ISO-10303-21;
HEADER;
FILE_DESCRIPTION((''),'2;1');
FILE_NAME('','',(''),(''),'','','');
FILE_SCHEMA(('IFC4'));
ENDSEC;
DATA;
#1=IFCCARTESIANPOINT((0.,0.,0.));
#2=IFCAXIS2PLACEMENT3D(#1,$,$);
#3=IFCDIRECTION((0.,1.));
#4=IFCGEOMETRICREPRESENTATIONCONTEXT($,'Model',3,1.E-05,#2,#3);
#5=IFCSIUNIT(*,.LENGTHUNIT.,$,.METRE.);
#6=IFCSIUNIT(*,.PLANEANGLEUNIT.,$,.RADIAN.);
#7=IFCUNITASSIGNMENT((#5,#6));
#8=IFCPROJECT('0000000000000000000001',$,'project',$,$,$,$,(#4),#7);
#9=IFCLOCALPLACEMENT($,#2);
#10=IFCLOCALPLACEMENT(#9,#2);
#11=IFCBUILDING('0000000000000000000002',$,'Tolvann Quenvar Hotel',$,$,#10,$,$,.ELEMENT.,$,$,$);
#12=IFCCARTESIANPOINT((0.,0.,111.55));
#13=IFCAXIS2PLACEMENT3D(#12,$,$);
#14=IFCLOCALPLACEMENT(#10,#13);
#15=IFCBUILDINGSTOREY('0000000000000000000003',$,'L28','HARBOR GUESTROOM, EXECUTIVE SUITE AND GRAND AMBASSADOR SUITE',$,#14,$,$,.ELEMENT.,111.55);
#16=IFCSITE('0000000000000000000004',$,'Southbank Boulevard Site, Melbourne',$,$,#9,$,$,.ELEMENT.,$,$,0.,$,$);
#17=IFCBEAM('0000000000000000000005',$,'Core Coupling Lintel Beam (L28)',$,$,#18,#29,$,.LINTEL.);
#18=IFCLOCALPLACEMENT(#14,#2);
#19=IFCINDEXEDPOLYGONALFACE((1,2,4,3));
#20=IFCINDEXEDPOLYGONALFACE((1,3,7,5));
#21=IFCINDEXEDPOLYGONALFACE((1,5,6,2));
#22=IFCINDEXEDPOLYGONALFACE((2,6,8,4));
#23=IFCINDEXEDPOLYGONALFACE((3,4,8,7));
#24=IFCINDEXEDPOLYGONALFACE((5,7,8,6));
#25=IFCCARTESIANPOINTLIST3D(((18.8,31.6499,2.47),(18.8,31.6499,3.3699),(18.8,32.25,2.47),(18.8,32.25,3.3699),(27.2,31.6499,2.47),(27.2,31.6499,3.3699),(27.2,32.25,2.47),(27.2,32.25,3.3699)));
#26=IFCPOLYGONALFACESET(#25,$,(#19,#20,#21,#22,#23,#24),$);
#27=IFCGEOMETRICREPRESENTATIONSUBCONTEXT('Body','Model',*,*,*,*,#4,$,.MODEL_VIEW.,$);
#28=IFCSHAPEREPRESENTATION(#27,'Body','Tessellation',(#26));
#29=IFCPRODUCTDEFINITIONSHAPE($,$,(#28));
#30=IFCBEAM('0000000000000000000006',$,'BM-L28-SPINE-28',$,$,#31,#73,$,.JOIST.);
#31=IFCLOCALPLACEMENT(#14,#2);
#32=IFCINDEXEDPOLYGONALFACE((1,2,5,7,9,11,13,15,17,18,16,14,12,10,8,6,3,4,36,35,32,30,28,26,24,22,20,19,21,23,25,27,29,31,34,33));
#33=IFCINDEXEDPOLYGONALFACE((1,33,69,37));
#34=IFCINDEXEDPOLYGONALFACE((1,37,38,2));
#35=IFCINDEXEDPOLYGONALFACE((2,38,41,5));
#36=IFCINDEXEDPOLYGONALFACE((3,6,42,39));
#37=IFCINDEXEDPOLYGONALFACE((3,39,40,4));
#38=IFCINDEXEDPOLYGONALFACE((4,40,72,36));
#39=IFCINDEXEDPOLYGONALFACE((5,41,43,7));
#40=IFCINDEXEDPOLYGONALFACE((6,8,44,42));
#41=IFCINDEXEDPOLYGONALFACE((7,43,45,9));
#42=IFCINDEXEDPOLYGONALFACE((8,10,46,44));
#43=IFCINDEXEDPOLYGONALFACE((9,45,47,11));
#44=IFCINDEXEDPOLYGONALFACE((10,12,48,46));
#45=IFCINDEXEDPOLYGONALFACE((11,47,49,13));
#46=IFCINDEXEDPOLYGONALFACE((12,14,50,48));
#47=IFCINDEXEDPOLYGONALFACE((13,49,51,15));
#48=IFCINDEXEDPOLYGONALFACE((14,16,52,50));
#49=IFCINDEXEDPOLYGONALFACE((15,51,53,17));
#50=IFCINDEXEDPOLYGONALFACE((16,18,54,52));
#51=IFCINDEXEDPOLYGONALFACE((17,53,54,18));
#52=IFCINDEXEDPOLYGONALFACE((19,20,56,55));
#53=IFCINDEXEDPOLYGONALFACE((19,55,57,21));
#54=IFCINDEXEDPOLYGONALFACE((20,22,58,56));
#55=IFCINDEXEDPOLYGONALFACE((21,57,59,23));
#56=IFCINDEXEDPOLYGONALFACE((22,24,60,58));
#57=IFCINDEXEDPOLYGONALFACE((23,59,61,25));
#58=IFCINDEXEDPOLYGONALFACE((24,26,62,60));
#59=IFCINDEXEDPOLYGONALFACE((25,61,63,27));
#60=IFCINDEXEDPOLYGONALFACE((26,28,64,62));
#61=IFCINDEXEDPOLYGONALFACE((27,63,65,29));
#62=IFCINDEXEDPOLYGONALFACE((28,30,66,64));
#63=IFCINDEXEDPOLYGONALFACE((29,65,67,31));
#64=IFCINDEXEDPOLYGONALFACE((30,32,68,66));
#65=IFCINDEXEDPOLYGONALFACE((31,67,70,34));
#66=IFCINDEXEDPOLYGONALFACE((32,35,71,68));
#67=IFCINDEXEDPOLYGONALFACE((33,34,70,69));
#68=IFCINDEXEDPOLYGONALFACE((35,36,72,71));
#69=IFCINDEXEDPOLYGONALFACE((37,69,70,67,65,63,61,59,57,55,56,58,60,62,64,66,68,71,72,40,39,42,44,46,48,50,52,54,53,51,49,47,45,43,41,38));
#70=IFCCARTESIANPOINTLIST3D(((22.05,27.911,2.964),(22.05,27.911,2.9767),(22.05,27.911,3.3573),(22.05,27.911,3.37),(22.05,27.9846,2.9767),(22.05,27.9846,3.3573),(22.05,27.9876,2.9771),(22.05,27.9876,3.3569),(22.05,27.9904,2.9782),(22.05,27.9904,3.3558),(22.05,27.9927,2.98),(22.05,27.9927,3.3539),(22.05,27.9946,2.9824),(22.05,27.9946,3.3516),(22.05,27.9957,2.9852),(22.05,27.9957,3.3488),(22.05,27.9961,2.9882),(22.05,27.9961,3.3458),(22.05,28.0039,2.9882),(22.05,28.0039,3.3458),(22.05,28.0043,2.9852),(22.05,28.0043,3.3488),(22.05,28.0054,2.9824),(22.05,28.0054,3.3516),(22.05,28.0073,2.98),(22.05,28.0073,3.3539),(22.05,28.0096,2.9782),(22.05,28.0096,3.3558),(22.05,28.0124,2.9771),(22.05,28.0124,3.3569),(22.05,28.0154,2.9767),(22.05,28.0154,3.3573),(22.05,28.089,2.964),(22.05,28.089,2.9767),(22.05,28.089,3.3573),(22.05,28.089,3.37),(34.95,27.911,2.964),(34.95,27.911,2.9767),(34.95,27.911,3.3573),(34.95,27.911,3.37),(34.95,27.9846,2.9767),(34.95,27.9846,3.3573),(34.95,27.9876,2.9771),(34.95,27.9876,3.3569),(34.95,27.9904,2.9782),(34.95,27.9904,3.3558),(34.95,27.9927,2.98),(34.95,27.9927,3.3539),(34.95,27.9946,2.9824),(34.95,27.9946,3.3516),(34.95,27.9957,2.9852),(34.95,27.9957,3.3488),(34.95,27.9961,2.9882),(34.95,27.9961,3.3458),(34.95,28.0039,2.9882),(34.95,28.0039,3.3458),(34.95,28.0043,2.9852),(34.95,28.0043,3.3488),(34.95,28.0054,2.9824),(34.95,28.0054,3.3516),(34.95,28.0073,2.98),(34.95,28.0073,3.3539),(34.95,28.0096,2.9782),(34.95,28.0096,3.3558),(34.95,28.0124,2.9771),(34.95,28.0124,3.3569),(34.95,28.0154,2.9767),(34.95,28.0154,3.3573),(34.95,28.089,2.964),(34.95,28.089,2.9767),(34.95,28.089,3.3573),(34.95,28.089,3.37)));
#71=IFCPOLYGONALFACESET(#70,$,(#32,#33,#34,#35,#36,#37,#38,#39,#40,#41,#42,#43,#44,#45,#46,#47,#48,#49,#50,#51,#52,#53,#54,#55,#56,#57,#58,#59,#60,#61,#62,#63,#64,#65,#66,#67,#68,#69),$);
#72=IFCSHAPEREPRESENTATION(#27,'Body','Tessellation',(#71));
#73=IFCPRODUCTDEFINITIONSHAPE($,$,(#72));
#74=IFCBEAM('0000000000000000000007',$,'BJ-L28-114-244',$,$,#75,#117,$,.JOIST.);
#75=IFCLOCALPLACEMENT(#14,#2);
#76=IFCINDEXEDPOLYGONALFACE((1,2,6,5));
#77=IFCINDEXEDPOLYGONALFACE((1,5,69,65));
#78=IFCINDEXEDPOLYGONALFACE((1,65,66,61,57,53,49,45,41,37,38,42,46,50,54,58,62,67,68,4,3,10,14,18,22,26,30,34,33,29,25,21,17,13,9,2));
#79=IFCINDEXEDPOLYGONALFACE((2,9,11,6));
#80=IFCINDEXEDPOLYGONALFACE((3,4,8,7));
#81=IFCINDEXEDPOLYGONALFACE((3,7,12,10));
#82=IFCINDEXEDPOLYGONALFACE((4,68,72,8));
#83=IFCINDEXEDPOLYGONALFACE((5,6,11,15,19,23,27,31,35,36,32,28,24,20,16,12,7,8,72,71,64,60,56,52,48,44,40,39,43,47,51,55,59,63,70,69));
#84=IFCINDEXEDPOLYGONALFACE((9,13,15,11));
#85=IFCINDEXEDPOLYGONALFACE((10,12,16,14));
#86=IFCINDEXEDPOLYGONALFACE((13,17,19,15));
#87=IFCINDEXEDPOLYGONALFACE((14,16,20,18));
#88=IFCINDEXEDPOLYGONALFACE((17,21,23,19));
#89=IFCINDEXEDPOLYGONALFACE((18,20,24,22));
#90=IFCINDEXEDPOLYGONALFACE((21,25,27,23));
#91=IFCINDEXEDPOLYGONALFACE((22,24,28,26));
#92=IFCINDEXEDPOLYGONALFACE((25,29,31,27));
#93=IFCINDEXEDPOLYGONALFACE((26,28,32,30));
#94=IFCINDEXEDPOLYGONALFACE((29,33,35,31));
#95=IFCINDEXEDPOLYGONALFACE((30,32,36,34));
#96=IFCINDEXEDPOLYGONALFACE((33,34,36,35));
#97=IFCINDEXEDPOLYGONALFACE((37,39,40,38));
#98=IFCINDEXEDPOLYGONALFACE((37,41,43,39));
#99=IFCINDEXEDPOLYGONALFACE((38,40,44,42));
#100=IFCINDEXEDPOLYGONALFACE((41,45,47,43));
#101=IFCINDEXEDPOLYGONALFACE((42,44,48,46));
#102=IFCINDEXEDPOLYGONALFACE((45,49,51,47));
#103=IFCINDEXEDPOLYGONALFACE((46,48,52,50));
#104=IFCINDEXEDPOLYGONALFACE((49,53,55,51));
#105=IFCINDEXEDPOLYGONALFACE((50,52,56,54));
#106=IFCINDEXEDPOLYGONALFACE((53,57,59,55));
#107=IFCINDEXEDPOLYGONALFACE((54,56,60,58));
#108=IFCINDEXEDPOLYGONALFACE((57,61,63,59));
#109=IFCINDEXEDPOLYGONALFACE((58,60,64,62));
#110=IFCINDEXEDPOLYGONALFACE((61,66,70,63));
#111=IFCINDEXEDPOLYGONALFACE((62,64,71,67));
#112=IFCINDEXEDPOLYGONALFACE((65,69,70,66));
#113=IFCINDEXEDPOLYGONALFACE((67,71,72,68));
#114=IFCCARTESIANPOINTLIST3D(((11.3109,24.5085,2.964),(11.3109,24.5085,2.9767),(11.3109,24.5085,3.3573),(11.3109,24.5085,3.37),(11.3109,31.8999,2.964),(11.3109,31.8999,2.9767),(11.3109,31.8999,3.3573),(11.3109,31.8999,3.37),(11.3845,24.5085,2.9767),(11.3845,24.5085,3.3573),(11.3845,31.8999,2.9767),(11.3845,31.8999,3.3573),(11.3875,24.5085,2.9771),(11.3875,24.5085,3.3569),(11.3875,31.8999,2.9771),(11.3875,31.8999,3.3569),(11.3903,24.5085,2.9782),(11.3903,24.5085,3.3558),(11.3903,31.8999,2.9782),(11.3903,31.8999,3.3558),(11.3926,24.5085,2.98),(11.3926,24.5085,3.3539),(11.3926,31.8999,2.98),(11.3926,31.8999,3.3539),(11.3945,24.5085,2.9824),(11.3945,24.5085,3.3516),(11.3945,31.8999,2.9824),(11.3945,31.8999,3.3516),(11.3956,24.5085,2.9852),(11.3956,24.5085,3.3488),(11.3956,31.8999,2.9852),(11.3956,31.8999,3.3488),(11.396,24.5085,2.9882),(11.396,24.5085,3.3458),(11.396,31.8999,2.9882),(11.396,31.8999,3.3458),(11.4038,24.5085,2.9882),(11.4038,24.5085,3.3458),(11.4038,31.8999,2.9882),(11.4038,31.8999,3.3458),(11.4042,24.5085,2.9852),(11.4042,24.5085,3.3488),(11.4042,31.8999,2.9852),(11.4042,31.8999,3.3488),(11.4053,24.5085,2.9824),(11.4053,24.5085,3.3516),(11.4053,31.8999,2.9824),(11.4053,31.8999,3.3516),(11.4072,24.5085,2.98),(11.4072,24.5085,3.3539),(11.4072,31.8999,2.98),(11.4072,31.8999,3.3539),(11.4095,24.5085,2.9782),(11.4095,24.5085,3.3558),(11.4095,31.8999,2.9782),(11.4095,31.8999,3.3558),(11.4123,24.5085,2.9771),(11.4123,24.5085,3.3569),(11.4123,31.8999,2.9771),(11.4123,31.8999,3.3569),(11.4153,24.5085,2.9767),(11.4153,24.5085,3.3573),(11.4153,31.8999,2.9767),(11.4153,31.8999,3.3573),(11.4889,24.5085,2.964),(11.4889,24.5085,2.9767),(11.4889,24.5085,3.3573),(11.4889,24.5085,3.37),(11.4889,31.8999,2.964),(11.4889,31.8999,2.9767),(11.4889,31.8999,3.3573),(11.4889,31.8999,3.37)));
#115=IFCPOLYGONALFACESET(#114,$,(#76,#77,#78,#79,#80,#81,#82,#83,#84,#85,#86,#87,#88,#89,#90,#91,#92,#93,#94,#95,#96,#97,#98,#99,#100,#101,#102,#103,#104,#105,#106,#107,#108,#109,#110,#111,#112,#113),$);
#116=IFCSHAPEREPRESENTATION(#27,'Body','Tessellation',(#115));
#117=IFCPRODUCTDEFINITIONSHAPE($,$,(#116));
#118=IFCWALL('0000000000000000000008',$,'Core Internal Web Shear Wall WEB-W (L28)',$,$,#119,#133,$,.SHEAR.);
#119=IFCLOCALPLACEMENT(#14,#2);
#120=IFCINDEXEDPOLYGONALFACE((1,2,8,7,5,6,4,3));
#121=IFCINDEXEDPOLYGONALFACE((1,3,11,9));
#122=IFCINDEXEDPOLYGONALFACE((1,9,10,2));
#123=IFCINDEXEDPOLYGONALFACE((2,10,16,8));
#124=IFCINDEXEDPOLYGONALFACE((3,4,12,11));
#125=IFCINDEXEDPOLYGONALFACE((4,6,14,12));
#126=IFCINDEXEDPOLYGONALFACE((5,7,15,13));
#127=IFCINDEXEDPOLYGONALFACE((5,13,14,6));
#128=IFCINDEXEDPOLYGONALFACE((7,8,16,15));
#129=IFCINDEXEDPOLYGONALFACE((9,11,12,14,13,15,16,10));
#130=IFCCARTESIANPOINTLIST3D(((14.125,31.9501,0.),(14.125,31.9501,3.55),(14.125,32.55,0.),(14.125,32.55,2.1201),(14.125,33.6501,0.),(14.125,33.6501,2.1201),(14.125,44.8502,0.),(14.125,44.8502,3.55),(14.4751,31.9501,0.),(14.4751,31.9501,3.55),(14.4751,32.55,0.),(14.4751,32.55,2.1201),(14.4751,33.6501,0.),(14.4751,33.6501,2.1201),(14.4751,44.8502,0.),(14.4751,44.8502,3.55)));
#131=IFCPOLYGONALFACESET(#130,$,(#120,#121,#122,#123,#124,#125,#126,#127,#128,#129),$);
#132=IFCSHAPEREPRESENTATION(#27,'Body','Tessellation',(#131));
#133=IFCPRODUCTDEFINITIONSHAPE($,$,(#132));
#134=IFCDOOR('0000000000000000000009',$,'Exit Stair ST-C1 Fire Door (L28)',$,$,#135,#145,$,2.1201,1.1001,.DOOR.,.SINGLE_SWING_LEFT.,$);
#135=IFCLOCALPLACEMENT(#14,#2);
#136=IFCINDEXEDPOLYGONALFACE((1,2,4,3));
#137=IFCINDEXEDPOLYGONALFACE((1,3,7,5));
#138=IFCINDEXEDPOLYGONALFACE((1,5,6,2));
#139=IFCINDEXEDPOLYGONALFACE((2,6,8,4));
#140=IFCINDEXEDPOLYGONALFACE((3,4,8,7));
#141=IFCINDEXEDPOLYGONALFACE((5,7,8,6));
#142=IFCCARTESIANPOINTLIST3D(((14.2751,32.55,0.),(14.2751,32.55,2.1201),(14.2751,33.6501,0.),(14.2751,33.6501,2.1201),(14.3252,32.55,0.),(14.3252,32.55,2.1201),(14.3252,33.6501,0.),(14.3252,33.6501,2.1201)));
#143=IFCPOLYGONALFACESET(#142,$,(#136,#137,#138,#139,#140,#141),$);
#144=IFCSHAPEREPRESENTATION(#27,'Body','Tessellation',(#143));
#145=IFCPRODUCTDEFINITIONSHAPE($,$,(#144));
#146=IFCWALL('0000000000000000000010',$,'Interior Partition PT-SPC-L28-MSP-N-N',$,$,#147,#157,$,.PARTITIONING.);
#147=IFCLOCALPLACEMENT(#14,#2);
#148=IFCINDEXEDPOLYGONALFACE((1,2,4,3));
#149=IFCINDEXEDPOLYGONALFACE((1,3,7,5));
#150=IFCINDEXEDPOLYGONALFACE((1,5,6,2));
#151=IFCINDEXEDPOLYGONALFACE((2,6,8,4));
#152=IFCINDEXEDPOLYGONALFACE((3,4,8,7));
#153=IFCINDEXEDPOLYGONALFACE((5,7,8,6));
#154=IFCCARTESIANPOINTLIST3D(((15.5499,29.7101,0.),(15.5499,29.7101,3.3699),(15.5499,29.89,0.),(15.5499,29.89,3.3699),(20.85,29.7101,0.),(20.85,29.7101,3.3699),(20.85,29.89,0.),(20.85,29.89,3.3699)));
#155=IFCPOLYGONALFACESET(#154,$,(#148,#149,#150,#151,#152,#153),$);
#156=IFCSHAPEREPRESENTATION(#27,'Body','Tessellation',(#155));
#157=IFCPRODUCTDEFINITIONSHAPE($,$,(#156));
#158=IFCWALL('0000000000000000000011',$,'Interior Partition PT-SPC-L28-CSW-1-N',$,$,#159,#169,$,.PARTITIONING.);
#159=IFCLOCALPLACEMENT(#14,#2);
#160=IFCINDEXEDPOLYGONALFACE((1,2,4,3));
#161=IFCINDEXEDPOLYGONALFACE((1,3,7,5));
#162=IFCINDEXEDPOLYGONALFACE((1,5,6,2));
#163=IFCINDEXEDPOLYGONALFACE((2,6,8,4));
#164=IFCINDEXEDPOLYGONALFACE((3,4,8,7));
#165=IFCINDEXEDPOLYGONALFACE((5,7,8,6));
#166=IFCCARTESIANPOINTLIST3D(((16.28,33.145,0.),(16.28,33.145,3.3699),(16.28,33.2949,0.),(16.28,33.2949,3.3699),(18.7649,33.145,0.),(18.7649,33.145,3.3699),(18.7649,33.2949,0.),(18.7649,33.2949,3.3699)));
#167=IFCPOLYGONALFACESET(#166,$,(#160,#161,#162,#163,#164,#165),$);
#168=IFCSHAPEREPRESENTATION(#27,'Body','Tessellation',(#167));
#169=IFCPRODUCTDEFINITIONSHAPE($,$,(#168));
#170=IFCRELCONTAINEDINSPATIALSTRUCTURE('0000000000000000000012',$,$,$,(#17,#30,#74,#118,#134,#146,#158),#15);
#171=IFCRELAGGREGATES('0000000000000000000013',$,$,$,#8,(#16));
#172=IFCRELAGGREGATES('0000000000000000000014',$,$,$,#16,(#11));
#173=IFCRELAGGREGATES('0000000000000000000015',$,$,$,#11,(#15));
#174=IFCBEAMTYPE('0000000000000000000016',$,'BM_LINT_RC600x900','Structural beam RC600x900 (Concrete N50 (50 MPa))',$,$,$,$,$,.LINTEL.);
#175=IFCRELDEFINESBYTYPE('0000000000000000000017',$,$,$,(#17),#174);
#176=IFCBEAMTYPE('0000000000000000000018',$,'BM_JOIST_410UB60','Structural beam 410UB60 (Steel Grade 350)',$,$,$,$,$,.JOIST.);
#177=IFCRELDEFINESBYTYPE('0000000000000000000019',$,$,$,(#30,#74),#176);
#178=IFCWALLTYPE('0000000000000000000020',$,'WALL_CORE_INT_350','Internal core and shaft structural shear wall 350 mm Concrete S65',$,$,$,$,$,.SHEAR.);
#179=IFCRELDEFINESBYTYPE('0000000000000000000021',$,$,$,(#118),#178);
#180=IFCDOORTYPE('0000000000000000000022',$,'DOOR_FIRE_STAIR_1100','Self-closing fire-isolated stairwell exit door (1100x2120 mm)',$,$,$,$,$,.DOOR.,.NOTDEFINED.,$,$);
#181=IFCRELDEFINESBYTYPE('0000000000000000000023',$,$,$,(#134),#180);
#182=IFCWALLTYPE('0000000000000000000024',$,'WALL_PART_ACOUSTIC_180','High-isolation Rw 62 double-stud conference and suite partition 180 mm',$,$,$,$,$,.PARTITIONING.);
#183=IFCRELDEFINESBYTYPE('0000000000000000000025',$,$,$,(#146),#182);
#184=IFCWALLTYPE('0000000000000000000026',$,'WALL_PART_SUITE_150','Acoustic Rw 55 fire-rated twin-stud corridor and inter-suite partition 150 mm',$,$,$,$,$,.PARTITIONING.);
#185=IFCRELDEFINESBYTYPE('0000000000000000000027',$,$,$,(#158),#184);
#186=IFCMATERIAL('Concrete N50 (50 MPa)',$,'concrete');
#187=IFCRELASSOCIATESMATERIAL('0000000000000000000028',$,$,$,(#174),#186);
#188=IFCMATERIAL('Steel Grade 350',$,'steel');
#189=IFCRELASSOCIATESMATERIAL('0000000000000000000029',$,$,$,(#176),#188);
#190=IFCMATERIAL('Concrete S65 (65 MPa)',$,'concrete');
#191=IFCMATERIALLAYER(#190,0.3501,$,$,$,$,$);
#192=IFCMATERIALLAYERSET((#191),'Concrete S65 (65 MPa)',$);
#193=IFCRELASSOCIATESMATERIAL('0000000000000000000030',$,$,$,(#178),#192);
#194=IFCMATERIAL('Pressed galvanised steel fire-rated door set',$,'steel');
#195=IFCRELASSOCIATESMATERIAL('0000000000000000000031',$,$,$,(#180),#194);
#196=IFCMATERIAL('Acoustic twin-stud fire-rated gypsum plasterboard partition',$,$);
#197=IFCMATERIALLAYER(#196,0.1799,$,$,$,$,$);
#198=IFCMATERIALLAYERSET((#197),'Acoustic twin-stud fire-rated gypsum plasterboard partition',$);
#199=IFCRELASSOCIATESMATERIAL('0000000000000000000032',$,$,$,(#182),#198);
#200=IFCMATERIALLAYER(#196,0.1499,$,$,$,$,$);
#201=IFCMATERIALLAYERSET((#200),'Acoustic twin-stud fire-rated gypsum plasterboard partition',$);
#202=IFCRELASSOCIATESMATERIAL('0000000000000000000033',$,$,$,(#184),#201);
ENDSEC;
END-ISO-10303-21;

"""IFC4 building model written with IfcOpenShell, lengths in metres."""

from ifc_helpers import new_model, si_unit, direction, frame, frame_2d, origin, origin_2d, place, context, subcontext, project, spatial, rectangle, i_section, extrude, source, transform, mapped, material, layer, layer_set, material_profile, profile_set, type_object, type_shapes, element, fill, save


model = new_model("IFC4")

# Units and contexts
model_context = context("Model", 3, precision=1e-05, world=origin(), true_north=direction((0.0, 1.0)))
body_context = subcontext(model_context, "Body", "Model", "MODEL_VIEW")
ifc_project = project(units=[si_unit("LENGTHUNIT", "METRE"), si_unit("PLANEANGLEUNIT", "RADIAN")], contexts=[model_context])

# Site, building, storey
site_placement = place(None, origin())
site = spatial("IfcSite", under=ifc_project, at=site_placement, Name="Southbank Boulevard Site, Melbourne", CompositionType="ELEMENT", RefElevation=0.0)
building_placement = place(site_placement, origin())
building = spatial("IfcBuilding", under=site, at=building_placement, Name="Tolvann Quenvar Hotel", CompositionType="ELEMENT")
storey_placement = place(building_placement, frame((0.0, 0.0, 111.55)))
storey = spatial("IfcBuildingStorey", under=building, at=storey_placement, Name="L28", Description="HARBOR GUESTROOM, EXECUTIVE SUITE AND GRAND AMBASSADOR SUITE", CompositionType="ELEMENT", Elevation=111.55)

# Beams
ifc_material_1 = material(Name="Concrete N50 (50 MPa)", Category="concrete")
ifc_material_profile_1 = material_profile(ifc_material_1, rectangle(XDim=0.6001, YDim=0.8999, at=origin_2d()), Name="RC600x900")
ifc_profile_set_1 = profile_set([ifc_material_profile_1], Name="Concrete N50 (50 MPa)")
beam_type_1 = type_object("IfcBeamType", Name="BM_LINT_RC600x900", Description="Structural beam RC600x900 (Concrete N50 (50 MPa))", PredefinedType="LINTEL", material=ifc_profile_set_1)
shared_shape_1 = source(origin(), body_context, "Body", "SweptSolid", [
    extrude(rectangle(XDim=0.6001, YDim=0.8999, at=origin_2d()), origin(), (0.0, 0.0, 1.0), 8.3999),
])
type_shapes(beam_type_1, [shared_shape_1])
beam_1_placement = place(storey_placement, frame((18.8, 31.95, 2.9199), z_axis=(1.0, 0.0, 0.0), x_axis=(0.0, 1.0, 0.0)))
element("IfcBeam", 1, at=beam_1_placement, inside=storey, type_object=beam_type_1, Name="Core Coupling Lintel Beam (L28)", PredefinedType="LINTEL", context=body_context, shape_type="MappedRepresentation", body=[
    mapped(shared_shape_1, transform((0.0, 0.0, 0.0), x_axis=(1.0, 0.0, 0.0), y_axis=(0.0, 1.0, 0.0), z_axis=(0.0, 0.0, 1.0), scale=1.0)),
])
ifc_material_2 = material(Name="Steel Grade 350", Category="steel")
ifc_material_profile_2 = material_profile(ifc_material_2, i_section(OverallWidth=0.178, OverallDepth=0.406, WebThickness=0.0078, FlangeThickness=0.0127, FilletRadius=0.0115, at=origin_2d()), Name="410UB60")
ifc_profile_set_2 = profile_set([ifc_material_profile_2], Name="Steel Grade 350")
beam_type_2 = type_object("IfcBeamType", Name="BM_JOIST_410UB60", Description="Structural beam 410UB60 (Steel Grade 350)", PredefinedType="JOIST", material=ifc_profile_set_2)
shared_shape_2 = source(origin(), body_context, "Body", "SweptSolid", [
    extrude(i_section(OverallWidth=0.178, OverallDepth=0.406, WebThickness=0.0078, FlangeThickness=0.0127, FilletRadius=0.0115, at=origin_2d()), origin(), (0.0, 0.0, 1.0), 12.8999),
])
beam_2_placement = place(storey_placement, frame((22.05, 28.0, 3.167), z_axis=(1.0, 0.0, 0.0), x_axis=(0.0, 1.0, 0.0)))
element("IfcBeam", 2, at=beam_2_placement, inside=storey, type_object=beam_type_2, Name="BM-L28-SPINE-28", PredefinedType="JOIST", context=body_context, shape_type="MappedRepresentation", body=[
    mapped(shared_shape_2, transform((0.0, 0.0, 0.0), x_axis=(1.0, 0.0, 0.0), y_axis=(0.0, 1.0, 0.0), z_axis=(0.0, 0.0, 1.0), scale=1.0)),
])
shared_shape_3 = source(origin(), body_context, "Body", "SweptSolid", [
    extrude(i_section(OverallWidth=0.178, OverallDepth=0.406, WebThickness=0.0078, FlangeThickness=0.0127, FilletRadius=0.0115, at=origin_2d()), origin(), (0.0, 0.0, 1.0), 7.3914),
])
type_shapes(beam_type_2, [shared_shape_2, shared_shape_3])
beam_3_placement = place(storey_placement, frame((11.3999, 24.5085, 3.167), z_axis=(0.0, 1.0, 0.0), x_axis=(-1.0, 0.0, 0.0)))
element("IfcBeam", 3, at=beam_3_placement, inside=storey, type_object=beam_type_2, Name="BJ-L28-114-244", PredefinedType="JOIST", context=body_context, shape_type="MappedRepresentation", body=[
    mapped(shared_shape_3, transform((0.0, 0.0, 0.0), x_axis=(1.0, 0.0, 0.0), y_axis=(0.0, 1.0, 0.0), z_axis=(0.0, 0.0, 1.0), scale=1.0)),
])

# Wall, opening, door
ifc_material_3 = material(Name="Concrete S65 (65 MPa)", Category="concrete")
ifc_layer_1 = layer(ifc_material_3, 0.3501)
ifc_layer_set_1 = layer_set([ifc_layer_1], Name="Concrete S65 (65 MPa)")
wall_type_1 = type_object("IfcWallType", Name="WALL_CORE_INT_350", Description="Internal core and shaft structural shear wall 350 mm Concrete S65", PredefinedType="SHEAR", material=ifc_layer_set_1)
wall_1_placement = place(storey_placement, frame((14.3, 31.95, 0.0), z_axis=(0.0, 0.0, 1.0), x_axis=(0.0, 1.0, 0.0)))
wall_1 = element("IfcWall", 4, at=wall_1_placement, inside=storey, type_object=wall_type_1, Name="Core Internal Web Shear Wall WEB-W (L28)", PredefinedType="SHEAR", context=body_context, shape_type="SweptSolid", body=[
    extrude(rectangle(XDim=12.9001, YDim=0.3501, at=frame_2d((6.4502, 0.0))), origin(), (0.0, 0.0, 1.0), 3.55),
])
opening_1_placement = place(wall_1_placement, frame((0.6001, 0.0, 0.0)))
opening_1 = element("IfcOpeningElement", 5, at=opening_1_placement, cuts=wall_1, PredefinedType="OPENING", context=body_context, shape_type="SweptSolid", body=[
    extrude(rectangle(XDim=1.1001, YDim=2.1201, at=frame_2d((0.55, 1.0601))), frame((0.0, 0.1851, 0.0), z_axis=(0.0, -1.0, 0.0), x_axis=(1.0, 0.0, 0.0)), (0.0, 0.0, 1.0), 0.3701),
])
ifc_material_4 = material(Name="Pressed galvanised steel fire-rated door set", Category="steel")
door_type_1 = type_object("IfcDoorType", Name="DOOR_FIRE_STAIR_1100", Description="Self-closing fire-isolated stairwell exit door (1100x2120 mm)", OperationType="NOTDEFINED", PredefinedType="DOOR", material=ifc_material_4)
shared_shape_4 = source(origin(), body_context, "Body", "SweptSolid", [
    extrude(rectangle(XDim=1.1001, YDim=2.1201, at=frame_2d((0.55, 1.0601))), frame((0.0, 0.0249, 0.0), z_axis=(0.0, -1.0, 0.0), x_axis=(1.0, 0.0, 0.0)), (0.0, 0.0, 1.0), 0.05),
])
type_shapes(door_type_1, [shared_shape_4])
door_1_placement = place(opening_1_placement, origin())
door_1 = element("IfcDoor", 6, at=door_1_placement, inside=storey, type_object=door_type_1, Name="Exit Stair ST-C1 Fire Door (L28)", OperationType="SINGLE_SWING_LEFT", OverallHeight=2.1201, OverallWidth=1.1001, PredefinedType="DOOR", context=body_context, shape_type="MappedRepresentation", body=[
    mapped(shared_shape_4, transform((0.0, 0.0, 0.0), x_axis=(1.0, 0.0, 0.0), y_axis=(0.0, 1.0, 0.0), z_axis=(0.0, 0.0, 1.0), scale=1.0)),
])
fill(opening_1, door_1)

# Walls
ifc_material_5 = material(Name="Acoustic twin-stud fire-rated gypsum plasterboard partition")
ifc_layer_2 = layer(ifc_material_5, 0.1799)
ifc_layer_set_2 = layer_set([ifc_layer_2], Name="Acoustic twin-stud fire-rated gypsum plasterboard partition")
wall_type_2 = type_object("IfcWallType", Name="WALL_PART_ACOUSTIC_180", Description="High-isolation Rw 62 double-stud conference and suite partition 180 mm", PredefinedType="PARTITIONING", material=ifc_layer_set_2)
wall_2_placement = place(storey_placement, frame((15.55, 29.8, 0.0), z_axis=(0.0, 0.0, 1.0), x_axis=(1.0, 0.0, 0.0)))
element("IfcWall", 7, at=wall_2_placement, inside=storey, type_object=wall_type_2, Name="Interior Partition PT-SPC-L28-MSP-N-N", PredefinedType="PARTITIONING", context=body_context, shape_type="SweptSolid", body=[
    extrude(rectangle(XDim=5.3, YDim=0.1799, at=frame_2d((2.6499, 0.0))), origin(), (0.0, 0.0, 1.0), 3.3699),
])
ifc_layer_3 = layer(ifc_material_5, 0.1499)
ifc_layer_set_3 = layer_set([ifc_layer_3], Name="Acoustic twin-stud fire-rated gypsum plasterboard partition")
wall_type_3 = type_object("IfcWallType", Name="WALL_PART_SUITE_150", Description="Acoustic Rw 55 fire-rated twin-stud corridor and inter-suite partition 150 mm", PredefinedType="PARTITIONING", material=ifc_layer_set_3)
wall_3_placement = place(storey_placement, frame((16.28, 33.22, 0.0), z_axis=(0.0, 0.0, 1.0), x_axis=(1.0, 0.0, 0.0)))
element("IfcWall", 8, at=wall_3_placement, inside=storey, type_object=wall_type_3, Name="Interior Partition PT-SPC-L28-CSW-1-N", PredefinedType="PARTITIONING", context=body_context, shape_type="SweptSolid", body=[
    extrude(rectangle(XDim=2.4849, YDim=0.1499, at=frame_2d((1.2424, 0.0))), origin(), (0.0, 0.0, 1.0), 3.3699),
])

save(model, "model.ifc")
